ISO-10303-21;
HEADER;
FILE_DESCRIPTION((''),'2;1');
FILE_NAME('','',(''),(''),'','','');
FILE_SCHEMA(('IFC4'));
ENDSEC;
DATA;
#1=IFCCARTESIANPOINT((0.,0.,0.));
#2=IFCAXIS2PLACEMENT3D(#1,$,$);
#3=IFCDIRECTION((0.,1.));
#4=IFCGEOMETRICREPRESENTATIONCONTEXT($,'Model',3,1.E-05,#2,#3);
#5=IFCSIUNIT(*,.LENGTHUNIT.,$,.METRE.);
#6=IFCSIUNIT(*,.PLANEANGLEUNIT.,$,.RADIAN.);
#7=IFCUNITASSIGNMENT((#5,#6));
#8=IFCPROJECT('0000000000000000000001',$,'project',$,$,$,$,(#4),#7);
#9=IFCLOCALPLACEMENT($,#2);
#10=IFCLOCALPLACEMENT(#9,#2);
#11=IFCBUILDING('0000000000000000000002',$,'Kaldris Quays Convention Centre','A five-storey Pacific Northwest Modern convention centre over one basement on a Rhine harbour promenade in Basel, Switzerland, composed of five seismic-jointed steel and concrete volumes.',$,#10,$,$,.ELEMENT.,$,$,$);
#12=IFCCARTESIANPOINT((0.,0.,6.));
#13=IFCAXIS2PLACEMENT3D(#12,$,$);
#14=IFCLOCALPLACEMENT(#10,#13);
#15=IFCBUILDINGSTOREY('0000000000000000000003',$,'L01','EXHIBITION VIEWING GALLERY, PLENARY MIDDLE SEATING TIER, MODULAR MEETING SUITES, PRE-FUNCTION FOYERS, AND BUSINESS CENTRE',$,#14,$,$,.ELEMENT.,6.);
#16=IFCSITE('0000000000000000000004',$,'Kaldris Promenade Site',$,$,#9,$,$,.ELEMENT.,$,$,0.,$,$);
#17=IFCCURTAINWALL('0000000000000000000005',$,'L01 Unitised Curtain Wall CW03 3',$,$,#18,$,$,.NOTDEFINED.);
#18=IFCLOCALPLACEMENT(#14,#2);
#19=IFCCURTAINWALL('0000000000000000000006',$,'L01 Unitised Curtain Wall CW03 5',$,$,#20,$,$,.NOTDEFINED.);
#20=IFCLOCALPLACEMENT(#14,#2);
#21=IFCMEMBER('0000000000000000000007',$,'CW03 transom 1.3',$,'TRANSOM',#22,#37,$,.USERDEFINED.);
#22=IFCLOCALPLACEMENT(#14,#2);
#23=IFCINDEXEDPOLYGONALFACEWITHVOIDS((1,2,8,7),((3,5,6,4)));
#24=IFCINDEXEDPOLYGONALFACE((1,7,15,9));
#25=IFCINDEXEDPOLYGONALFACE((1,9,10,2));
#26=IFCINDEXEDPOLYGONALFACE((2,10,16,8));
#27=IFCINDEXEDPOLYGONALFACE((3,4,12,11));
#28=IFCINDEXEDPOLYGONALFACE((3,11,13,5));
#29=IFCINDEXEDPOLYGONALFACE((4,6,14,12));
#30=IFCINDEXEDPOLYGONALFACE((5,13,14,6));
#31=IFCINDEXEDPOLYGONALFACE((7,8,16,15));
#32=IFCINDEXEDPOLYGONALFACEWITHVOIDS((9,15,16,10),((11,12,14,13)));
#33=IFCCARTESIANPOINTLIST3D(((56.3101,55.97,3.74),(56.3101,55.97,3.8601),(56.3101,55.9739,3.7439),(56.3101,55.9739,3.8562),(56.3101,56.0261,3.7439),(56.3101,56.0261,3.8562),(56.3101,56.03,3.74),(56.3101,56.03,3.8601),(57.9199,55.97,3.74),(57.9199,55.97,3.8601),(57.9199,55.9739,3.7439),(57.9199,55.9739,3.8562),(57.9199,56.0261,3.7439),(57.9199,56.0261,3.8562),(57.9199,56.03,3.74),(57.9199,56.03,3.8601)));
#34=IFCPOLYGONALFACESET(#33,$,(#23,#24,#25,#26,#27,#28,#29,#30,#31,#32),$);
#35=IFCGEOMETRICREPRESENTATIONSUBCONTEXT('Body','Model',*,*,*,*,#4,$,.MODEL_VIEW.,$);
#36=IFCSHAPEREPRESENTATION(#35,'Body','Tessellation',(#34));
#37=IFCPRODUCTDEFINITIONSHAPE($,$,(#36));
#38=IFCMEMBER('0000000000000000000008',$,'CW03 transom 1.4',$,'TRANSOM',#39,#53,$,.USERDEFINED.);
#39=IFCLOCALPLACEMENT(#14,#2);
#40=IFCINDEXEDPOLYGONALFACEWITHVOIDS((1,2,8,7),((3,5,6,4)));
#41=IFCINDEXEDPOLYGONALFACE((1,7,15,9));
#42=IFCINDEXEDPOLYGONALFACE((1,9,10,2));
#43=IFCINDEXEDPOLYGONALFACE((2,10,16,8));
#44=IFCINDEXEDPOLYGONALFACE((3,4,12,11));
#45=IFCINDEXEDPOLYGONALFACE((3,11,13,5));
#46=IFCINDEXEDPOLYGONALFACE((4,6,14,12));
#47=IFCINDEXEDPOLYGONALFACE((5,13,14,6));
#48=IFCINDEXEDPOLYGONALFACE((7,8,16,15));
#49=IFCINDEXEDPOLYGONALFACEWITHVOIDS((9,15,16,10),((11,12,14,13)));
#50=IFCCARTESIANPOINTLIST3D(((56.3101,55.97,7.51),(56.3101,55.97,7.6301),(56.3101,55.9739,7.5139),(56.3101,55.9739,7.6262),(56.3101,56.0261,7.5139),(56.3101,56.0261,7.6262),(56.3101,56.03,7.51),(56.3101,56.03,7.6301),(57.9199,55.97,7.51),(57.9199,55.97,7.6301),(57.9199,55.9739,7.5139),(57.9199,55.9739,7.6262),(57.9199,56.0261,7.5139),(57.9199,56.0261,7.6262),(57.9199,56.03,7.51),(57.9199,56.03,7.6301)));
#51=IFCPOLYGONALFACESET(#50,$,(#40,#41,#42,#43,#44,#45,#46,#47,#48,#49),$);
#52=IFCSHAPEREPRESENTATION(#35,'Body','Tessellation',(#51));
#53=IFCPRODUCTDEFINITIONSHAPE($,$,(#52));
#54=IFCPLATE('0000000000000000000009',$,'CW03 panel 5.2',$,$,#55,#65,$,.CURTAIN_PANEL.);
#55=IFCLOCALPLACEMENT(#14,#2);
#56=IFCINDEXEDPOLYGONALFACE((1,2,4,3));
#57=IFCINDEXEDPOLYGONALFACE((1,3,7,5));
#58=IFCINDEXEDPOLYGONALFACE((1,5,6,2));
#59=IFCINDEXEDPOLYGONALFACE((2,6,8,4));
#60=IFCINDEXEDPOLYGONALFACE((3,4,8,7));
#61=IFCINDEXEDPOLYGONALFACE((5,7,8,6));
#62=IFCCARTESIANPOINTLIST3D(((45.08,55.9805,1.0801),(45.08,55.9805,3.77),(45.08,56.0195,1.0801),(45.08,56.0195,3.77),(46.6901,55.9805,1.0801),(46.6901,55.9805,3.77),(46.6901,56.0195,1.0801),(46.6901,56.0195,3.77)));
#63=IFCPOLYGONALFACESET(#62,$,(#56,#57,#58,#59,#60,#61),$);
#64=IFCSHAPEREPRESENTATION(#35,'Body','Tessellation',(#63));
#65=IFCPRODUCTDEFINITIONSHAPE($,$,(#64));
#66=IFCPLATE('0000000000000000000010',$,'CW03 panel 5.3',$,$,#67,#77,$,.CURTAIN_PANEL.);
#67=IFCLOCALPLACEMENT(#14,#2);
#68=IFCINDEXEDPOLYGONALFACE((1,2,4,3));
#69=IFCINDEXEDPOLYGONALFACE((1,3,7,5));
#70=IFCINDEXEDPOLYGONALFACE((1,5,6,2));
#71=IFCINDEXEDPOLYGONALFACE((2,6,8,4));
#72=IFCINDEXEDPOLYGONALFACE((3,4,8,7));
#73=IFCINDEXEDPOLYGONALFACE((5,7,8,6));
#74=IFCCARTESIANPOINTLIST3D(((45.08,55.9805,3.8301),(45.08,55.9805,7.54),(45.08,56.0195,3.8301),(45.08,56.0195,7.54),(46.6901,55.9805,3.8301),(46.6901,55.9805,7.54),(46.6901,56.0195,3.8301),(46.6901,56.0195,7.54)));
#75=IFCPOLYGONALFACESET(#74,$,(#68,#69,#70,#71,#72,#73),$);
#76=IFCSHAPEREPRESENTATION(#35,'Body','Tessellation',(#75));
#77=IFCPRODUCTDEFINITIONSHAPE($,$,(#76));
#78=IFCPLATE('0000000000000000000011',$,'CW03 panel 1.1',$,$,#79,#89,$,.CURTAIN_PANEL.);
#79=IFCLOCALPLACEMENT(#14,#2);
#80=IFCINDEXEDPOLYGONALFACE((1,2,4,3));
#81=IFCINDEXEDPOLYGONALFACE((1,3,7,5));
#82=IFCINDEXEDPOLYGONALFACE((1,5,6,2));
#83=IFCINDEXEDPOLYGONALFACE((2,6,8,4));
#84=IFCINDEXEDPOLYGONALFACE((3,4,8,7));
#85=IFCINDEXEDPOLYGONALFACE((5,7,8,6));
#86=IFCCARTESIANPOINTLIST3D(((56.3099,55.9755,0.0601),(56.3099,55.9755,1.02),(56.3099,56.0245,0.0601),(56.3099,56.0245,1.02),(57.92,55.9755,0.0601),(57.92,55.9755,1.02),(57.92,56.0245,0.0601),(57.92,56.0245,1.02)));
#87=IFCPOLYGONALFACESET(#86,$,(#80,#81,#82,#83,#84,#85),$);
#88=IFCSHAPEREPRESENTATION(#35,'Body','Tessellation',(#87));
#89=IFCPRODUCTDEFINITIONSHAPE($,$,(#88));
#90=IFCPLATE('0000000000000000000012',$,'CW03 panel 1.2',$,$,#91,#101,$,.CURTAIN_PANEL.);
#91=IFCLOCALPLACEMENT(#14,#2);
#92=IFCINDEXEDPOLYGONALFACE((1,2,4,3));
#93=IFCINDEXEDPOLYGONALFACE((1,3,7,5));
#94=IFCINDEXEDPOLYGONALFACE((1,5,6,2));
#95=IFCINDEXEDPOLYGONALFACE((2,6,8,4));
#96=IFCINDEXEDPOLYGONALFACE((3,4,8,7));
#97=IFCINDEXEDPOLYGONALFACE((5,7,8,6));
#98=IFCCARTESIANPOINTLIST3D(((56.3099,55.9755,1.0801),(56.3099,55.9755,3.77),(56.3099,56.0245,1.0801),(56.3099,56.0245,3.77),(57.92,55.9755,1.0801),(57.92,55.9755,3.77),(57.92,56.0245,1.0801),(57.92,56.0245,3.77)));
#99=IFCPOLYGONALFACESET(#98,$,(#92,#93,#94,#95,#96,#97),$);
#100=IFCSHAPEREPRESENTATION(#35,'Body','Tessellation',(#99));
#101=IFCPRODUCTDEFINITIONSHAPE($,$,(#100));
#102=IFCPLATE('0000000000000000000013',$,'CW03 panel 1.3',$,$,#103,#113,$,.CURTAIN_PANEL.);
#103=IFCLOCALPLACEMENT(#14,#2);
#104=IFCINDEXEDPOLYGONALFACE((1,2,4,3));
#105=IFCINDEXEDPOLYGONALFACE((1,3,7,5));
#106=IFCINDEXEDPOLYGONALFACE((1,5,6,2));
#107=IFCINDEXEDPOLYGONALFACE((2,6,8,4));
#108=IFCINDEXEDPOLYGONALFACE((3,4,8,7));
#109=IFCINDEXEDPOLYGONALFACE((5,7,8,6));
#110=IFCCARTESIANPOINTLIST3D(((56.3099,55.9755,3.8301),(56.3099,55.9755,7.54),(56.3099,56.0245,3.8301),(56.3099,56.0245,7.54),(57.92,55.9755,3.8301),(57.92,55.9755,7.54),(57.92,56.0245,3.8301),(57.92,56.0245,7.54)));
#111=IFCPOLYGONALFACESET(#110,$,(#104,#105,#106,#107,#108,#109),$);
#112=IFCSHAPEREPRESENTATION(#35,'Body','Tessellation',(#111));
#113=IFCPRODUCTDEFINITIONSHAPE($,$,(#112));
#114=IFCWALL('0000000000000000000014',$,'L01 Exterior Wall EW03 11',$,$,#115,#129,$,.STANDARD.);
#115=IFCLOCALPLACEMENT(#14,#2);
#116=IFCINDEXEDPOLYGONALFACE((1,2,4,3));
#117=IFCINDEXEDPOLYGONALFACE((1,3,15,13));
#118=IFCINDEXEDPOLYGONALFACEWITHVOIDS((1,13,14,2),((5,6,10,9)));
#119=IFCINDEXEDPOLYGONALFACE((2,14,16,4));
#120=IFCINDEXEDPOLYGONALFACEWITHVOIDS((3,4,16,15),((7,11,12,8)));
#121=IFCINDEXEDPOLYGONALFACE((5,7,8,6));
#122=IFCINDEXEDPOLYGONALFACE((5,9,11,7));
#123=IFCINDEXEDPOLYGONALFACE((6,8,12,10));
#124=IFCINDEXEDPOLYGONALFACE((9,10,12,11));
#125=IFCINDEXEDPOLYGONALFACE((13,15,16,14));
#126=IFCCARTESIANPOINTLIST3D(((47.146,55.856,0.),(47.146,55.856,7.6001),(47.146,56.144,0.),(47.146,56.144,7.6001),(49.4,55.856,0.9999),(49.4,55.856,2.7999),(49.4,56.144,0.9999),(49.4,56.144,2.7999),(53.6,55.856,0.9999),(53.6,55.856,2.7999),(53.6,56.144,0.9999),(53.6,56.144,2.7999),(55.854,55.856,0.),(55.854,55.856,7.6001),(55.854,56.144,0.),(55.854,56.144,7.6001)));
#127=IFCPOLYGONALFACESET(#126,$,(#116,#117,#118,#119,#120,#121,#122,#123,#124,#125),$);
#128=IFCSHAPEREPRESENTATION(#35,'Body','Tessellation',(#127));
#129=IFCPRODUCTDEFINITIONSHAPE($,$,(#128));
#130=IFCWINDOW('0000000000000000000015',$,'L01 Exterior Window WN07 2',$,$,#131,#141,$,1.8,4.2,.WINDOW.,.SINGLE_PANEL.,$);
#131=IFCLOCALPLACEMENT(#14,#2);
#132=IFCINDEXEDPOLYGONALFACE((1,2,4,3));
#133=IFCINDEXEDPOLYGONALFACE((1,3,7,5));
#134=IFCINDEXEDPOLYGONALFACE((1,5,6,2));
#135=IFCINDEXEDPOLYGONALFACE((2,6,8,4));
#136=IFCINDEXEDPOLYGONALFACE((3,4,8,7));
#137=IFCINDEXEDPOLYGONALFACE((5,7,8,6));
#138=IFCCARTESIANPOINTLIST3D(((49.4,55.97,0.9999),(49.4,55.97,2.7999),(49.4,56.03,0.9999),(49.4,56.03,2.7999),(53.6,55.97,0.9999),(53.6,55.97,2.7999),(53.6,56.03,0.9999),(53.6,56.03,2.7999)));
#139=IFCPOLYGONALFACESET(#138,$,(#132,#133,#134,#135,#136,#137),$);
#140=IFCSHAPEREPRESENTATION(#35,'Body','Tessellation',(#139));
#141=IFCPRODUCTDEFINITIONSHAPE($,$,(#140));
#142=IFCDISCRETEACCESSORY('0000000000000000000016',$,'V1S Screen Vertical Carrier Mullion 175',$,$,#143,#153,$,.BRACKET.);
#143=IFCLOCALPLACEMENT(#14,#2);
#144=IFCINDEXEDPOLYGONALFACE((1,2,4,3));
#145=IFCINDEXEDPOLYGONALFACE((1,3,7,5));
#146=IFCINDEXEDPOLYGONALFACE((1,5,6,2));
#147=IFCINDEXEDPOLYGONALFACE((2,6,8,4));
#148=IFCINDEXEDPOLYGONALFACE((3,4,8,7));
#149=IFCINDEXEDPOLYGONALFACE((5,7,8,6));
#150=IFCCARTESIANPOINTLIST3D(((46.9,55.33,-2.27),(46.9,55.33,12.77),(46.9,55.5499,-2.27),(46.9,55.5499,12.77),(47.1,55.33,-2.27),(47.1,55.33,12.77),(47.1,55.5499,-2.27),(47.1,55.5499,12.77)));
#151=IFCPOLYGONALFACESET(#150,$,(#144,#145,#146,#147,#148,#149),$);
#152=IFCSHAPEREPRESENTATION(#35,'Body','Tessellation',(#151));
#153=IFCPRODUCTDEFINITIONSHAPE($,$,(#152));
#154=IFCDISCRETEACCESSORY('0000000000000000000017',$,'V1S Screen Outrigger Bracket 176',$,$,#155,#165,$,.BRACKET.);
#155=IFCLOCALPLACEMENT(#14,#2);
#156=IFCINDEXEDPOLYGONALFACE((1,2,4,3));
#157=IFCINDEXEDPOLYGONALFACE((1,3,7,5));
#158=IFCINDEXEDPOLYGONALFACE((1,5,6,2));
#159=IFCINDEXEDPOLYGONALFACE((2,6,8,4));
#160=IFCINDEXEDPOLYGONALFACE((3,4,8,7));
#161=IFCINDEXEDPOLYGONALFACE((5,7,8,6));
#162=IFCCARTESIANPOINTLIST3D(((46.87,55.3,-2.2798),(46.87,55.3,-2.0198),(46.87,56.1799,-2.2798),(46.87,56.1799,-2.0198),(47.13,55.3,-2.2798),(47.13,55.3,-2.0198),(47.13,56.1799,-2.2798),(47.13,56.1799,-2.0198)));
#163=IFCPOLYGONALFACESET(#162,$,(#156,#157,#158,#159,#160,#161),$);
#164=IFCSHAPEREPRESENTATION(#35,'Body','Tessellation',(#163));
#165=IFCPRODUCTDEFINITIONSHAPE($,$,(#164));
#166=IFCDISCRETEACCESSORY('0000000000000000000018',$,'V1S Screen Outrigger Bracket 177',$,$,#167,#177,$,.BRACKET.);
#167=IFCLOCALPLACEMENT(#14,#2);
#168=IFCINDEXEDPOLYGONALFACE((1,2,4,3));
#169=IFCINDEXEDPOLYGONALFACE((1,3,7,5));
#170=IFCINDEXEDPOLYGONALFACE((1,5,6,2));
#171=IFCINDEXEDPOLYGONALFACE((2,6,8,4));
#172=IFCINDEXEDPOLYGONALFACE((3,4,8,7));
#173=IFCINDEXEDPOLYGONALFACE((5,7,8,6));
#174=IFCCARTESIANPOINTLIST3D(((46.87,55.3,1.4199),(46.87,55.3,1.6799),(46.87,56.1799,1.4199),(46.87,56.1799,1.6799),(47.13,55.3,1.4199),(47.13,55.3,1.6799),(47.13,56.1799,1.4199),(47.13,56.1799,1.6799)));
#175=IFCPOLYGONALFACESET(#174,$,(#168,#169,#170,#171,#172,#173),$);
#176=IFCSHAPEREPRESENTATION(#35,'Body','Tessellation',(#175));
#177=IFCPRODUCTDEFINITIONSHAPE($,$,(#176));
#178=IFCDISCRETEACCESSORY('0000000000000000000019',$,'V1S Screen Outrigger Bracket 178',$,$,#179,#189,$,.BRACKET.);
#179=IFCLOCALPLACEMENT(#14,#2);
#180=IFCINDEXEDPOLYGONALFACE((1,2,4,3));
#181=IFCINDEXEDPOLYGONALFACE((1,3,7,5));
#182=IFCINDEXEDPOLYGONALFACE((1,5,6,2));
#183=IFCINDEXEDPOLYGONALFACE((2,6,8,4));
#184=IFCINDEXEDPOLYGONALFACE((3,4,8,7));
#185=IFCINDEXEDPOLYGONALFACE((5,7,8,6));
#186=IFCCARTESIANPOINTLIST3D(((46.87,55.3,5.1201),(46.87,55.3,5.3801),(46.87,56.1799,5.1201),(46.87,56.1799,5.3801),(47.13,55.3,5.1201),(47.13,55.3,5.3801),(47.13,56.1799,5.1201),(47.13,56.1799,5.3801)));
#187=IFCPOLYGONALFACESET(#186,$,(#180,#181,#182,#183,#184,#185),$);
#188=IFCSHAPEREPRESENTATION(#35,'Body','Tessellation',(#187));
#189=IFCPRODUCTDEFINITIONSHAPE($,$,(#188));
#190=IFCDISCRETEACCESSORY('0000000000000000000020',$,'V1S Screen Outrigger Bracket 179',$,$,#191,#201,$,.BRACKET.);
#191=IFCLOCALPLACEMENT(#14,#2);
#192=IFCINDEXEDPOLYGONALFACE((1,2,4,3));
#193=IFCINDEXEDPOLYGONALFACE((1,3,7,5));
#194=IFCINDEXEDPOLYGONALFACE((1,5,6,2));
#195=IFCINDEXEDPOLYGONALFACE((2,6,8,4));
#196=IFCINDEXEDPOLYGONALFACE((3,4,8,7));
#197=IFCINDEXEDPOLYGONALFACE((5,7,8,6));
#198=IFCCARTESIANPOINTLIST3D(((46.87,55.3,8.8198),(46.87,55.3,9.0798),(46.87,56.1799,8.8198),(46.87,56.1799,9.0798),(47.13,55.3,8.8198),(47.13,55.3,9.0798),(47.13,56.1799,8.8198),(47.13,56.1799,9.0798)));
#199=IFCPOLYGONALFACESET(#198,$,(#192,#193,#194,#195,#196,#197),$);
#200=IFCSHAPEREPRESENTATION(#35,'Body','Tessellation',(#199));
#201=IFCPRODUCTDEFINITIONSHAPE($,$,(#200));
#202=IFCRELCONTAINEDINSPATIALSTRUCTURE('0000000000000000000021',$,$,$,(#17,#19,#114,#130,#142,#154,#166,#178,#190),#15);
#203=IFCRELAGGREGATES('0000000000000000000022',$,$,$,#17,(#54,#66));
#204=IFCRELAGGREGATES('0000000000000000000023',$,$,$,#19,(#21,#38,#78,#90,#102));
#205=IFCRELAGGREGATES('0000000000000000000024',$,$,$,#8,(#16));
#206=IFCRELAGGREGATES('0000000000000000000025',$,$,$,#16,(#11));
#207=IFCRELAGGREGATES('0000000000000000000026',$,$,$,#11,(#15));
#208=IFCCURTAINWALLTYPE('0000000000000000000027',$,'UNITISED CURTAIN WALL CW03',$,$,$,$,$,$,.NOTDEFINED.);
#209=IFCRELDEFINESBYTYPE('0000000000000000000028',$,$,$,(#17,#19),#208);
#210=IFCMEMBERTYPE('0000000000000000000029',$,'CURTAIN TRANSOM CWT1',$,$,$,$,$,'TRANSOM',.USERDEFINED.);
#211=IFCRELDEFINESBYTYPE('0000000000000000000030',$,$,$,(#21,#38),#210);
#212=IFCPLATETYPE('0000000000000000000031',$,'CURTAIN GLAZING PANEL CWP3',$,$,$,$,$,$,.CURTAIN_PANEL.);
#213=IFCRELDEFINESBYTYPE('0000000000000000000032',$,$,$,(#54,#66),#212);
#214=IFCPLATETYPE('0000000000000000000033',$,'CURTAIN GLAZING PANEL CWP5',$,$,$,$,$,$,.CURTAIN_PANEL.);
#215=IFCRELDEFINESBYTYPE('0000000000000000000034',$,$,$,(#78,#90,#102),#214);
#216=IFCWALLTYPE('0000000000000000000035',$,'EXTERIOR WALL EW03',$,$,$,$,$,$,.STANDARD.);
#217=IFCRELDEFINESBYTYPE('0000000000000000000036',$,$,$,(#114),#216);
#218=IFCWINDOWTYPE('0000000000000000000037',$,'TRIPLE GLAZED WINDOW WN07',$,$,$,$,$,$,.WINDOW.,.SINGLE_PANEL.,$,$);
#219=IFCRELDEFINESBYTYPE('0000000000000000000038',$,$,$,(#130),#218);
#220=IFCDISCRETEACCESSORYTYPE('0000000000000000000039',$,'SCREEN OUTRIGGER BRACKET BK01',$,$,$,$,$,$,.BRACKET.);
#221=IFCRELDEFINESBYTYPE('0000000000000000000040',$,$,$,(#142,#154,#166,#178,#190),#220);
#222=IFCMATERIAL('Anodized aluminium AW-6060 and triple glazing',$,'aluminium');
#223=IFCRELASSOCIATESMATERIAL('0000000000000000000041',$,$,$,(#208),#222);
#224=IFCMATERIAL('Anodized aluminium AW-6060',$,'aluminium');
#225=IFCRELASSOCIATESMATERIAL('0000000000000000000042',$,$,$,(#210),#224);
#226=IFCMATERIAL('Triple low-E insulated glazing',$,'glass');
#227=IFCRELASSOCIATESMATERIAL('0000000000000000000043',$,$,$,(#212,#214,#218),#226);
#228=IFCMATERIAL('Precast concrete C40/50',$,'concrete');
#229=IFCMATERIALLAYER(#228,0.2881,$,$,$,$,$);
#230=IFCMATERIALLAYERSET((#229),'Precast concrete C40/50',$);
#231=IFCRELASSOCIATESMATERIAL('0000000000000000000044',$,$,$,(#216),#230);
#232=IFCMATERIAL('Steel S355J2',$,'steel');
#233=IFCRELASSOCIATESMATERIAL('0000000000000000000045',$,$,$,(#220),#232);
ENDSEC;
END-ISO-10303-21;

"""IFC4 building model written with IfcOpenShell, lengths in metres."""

from ifc_helpers import new_model, si_unit, direction, frame, frame_2d, origin, origin_2d, place, context, subcontext, project, spatial, rectangle, hollow_rectangle, extrude, material, layer, layer_set, material_profile, profile_set, type_object, element, fill, aggregate, save


model = new_model("IFC4")

# Units and contexts
model_context = context("Model", 3, precision=1e-05, world=origin(), true_north=direction((0.0, 1.0)))
body_context = subcontext(model_context, "Body", "Model", "MODEL_VIEW")
ifc_project = project(units=[si_unit("LENGTHUNIT", "METRE"), si_unit("PLANEANGLEUNIT", "RADIAN")], contexts=[model_context])

# Site, building, storey
site_placement = place(None, origin())
site = spatial("IfcSite", under=ifc_project, at=site_placement, Name="Kaldris Promenade Site", CompositionType="ELEMENT", RefElevation=0.0)
building_placement = place(site_placement, origin())
building = spatial("IfcBuilding", under=site, at=building_placement, Name="Kaldris Quays Convention Centre", Description="A five-storey Pacific Northwest Modern convention centre over one basement on a Rhine harbour promenade in Basel, Switzerland, composed of five seismic-jointed steel and concrete volumes.", CompositionType="ELEMENT")
storey_placement = place(building_placement, frame((0.0, 0.0, 6.0)))
storey = spatial("IfcBuildingStorey", under=building, at=storey_placement, Name="L01", Description="EXHIBITION VIEWING GALLERY, PLENARY MIDDLE SEATING TIER, MODULAR MEETING SUITES, PRE-FUNCTION FOYERS, AND BUSINESS CENTRE", CompositionType="ELEMENT", Elevation=6.0)

# Shared definitions
ifc_material_1 = material(Name="Steel S355J2", Category="steel")

# Curtain wall
ifc_material_2 = material(Name="Anodized aluminium AW-6060 and triple glazing", Category="aluminium")
curtain_wall_type = type_object("IfcCurtainWallType", Name="UNITISED CURTAIN WALL CW03", PredefinedType="NOTDEFINED", material=ifc_material_2)
curtain_wall_1_placement = place(storey_placement, origin())
curtain_wall_1 = element("IfcCurtainWall", 1, at=curtain_wall_1_placement, inside=storey, type_object=curtain_wall_type, Name="L01 Unitised Curtain Wall CW03 3", PredefinedType="NOTDEFINED")
ifc_material_3 = material(Name="Anodized aluminium AW-6060", Category="aluminium")

# Curtain wall, members
curtain_wall_2_placement = place(storey_placement, origin())
curtain_wall_2 = element("IfcCurtainWall", 2, at=curtain_wall_2_placement, inside=storey, type_object=curtain_wall_type, Name="L01 Unitised Curtain Wall CW03 5", PredefinedType="NOTDEFINED")
ifc_material_profile_1 = material_profile(ifc_material_3, hollow_rectangle(XDim=0.0601, YDim=0.1201, WallThickness=0.0039, at=origin_2d()), Name="RHS 120x60x4")
ifc_profile_set_1 = profile_set([ifc_material_profile_1], Name="Anodized aluminium AW-6060")
member_type_1 = type_object("IfcMemberType", Name="CURTAIN TRANSOM CWT1", ElementType="TRANSOM", PredefinedType="USERDEFINED", material=ifc_profile_set_1)
member_1_placement = place(storey_placement, frame((56.3101, 56.0, 3.8), z_axis=(1.0, 0.0, 0.0), x_axis=(0.0, 1.0, 0.0)))
member_1 = element("IfcMember", 3, at=member_1_placement, type_object=member_type_1, Name="CW03 transom 1.3", ObjectType="TRANSOM", PredefinedType="USERDEFINED", context=body_context, shape_type="SweptSolid", body=[
    extrude(hollow_rectangle(XDim=0.0601, YDim=0.1201, WallThickness=0.0039, at=origin_2d()), origin(), (0.0, 0.0, 1.0), 1.6099),
])
member_2_placement = place(storey_placement, frame((56.3101, 56.0, 7.5701), z_axis=(1.0, 0.0, 0.0), x_axis=(0.0, 1.0, 0.0)))
member_2 = element("IfcMember", 4, at=member_2_placement, type_object=member_type_1, Name="CW03 transom 1.4", ObjectType="TRANSOM", PredefinedType="USERDEFINED", context=body_context, shape_type="SweptSolid", body=[
    extrude(hollow_rectangle(XDim=0.0601, YDim=0.1201, WallThickness=0.0039, at=origin_2d()), origin(), (0.0, 0.0, 1.0), 1.6099),
])

# Plates
ifc_material_4 = material(Name="Triple low-E insulated glazing", Category="glass")
plate_type_1 = type_object("IfcPlateType", Name="CURTAIN GLAZING PANEL CWP3", PredefinedType="CURTAIN_PANEL", material=ifc_material_4)
plate_1_placement = place(storey_placement, frame((45.885, 56.0, 1.0801), z_axis=(0.0, 0.0, 1.0), x_axis=(1.0, 0.0, 0.0)))
plate_1 = element("IfcPlate", 5, at=plate_1_placement, type_object=plate_type_1, Name="CW03 panel 5.2", PredefinedType="CURTAIN_PANEL", context=body_context, shape_type="SweptSolid", body=[
    extrude(rectangle(XDim=1.6101, YDim=0.0391, at=origin_2d()), origin(), (0.0, 0.0, 1.0), 2.6899),
])
plate_2_placement = place(storey_placement, frame((45.885, 56.0, 3.8301), z_axis=(0.0, 0.0, 1.0), x_axis=(1.0, 0.0, 0.0)))
plate_2 = element("IfcPlate", 6, at=plate_2_placement, type_object=plate_type_1, Name="CW03 panel 5.3", PredefinedType="CURTAIN_PANEL", context=body_context, shape_type="SweptSolid", body=[
    extrude(rectangle(XDim=1.6101, YDim=0.0391, at=origin_2d()), origin(), (0.0, 0.0, 1.0), 3.71),
])
aggregate(curtain_wall_1, [plate_1, plate_2])
plate_type_2 = type_object("IfcPlateType", Name="CURTAIN GLAZING PANEL CWP5", PredefinedType="CURTAIN_PANEL", material=ifc_material_4)
plate_3_placement = place(storey_placement, frame((57.115, 56.0, 0.0601), z_axis=(0.0, 0.0, 1.0), x_axis=(1.0, 0.0, 0.0)))
plate_3 = element("IfcPlate", 7, at=plate_3_placement, type_object=plate_type_2, Name="CW03 panel 1.1", PredefinedType="CURTAIN_PANEL", context=body_context, shape_type="SweptSolid", body=[
    extrude(rectangle(XDim=1.6101, YDim=0.0491, at=origin_2d()), origin(), (0.0, 0.0, 1.0), 0.96),
])
plate_4_placement = place(storey_placement, frame((57.115, 56.0, 1.0801), z_axis=(0.0, 0.0, 1.0), x_axis=(1.0, 0.0, 0.0)))
plate_4 = element("IfcPlate", 8, at=plate_4_placement, type_object=plate_type_2, Name="CW03 panel 1.2", PredefinedType="CURTAIN_PANEL", context=body_context, shape_type="SweptSolid", body=[
    extrude(rectangle(XDim=1.6101, YDim=0.0491, at=origin_2d()), origin(), (0.0, 0.0, 1.0), 2.6899),
])
plate_5_placement = place(storey_placement, frame((57.115, 56.0, 3.8301), z_axis=(0.0, 0.0, 1.0), x_axis=(1.0, 0.0, 0.0)))
plate_5 = element("IfcPlate", 9, at=plate_5_placement, type_object=plate_type_2, Name="CW03 panel 1.3", PredefinedType="CURTAIN_PANEL", context=body_context, shape_type="SweptSolid", body=[
    extrude(rectangle(XDim=1.6101, YDim=0.0491, at=origin_2d()), origin(), (0.0, 0.0, 1.0), 3.71),
])
aggregate(curtain_wall_2, [member_1, member_2, plate_3, plate_4, plate_5])

# Wall, opening, window
ifc_material_5 = material(Name="Precast concrete C40/50", Category="concrete")
ifc_layer = layer(ifc_material_5, 0.2881)
ifc_layer_set = layer_set([ifc_layer], Name="Precast concrete C40/50")
wall_type = type_object("IfcWallType", Name="EXTERIOR WALL EW03", PredefinedType="STANDARD", material=ifc_layer_set)
wall_placement = place(storey_placement, frame((47.146, 56.0, 0.0), z_axis=(0.0, 0.0, 1.0), x_axis=(1.0, 0.0, 0.0)))
wall = element("IfcWall", 10, at=wall_placement, inside=storey, type_object=wall_type, Name="L01 Exterior Wall EW03 11", PredefinedType="STANDARD", context=body_context, shape_type="SweptSolid", body=[
    extrude(rectangle(XDim=8.708, YDim=0.2881, at=frame_2d((4.354, 0.0))), origin(), (0.0, 0.0, 1.0), 7.6001),
])
opening_placement = place(wall_placement, frame((2.2539, 0.0, 1.0)))
opening = element("IfcOpeningElement", 11, at=opening_placement, cuts=wall, PredefinedType="OPENING", context=body_context, shape_type="SweptSolid", body=[
    extrude(rectangle(XDim=4.2, YDim=1.8, at=frame_2d((2.1001, 0.8999))), frame((0.0, 0.1541, 0.0), z_axis=(0.0, -1.0, 0.0), x_axis=(1.0, 0.0, 0.0)), (0.0, 0.0, 1.0), 0.3081),
])
window_type = type_object("IfcWindowType", Name="TRIPLE GLAZED WINDOW WN07", PartitioningType="SINGLE_PANEL", PredefinedType="WINDOW", material=ifc_material_4)
window_placement = place(opening_placement, origin())
window = element("IfcWindow", 12, at=window_placement, inside=storey, type_object=window_type, Name="L01 Exterior Window WN07 2", OverallHeight=1.8, OverallWidth=4.2, PartitioningType="SINGLE_PANEL", PredefinedType="WINDOW", context=body_context, shape_type="SweptSolid", body=[
    extrude(rectangle(XDim=4.2, YDim=1.8, at=frame_2d((2.1001, 0.8999))), frame((0.0, 0.03, 0.0), z_axis=(0.0, -1.0, 0.0), x_axis=(1.0, 0.0, 0.0)), (0.0, 0.0, 1.0), 0.0601),
])
fill(opening, window)

# Discrete accessories
discrete_accessory_type = type_object("IfcDiscreteAccessoryType", Name="SCREEN OUTRIGGER BRACKET BK01", PredefinedType="BRACKET", material=ifc_material_1)
discrete_accessory_1_placement = place(storey_placement, frame((47.0, 55.4399, -2.27), z_axis=(0.0, 0.0, 1.0), x_axis=(1.0, 0.0, 0.0)))
element("IfcDiscreteAccessory", 13, at=discrete_accessory_1_placement, inside=storey, type_object=discrete_accessory_type, Name="V1S Screen Vertical Carrier Mullion 175", PredefinedType="BRACKET", context=body_context, shape_type="SweptSolid", body=[
    extrude(rectangle(XDim=0.2, YDim=0.22, at=origin_2d()), origin(), (0.0, 0.0, 1.0), 15.04),
])
for number, where, z_axis, x_axis, name in (
    (14, (47.0, 55.74, -2.2798), (0.0, 0.0, 1.0), (1.0, 0.0, 0.0), "V1S Screen Outrigger Bracket 176"),
    (15, (47.0, 55.74, 1.4199), (0.0, 0.0, 1.0), (1.0, 0.0, 0.0), "V1S Screen Outrigger Bracket 177"),
    (16, (47.0, 55.74, 5.1201), (0.0, 0.0, 1.0), (1.0, 0.0, 0.0), "V1S Screen Outrigger Bracket 178"),
    (17, (47.0, 55.74, 8.8198), (0.0, 0.0, 1.0), (1.0, 0.0, 0.0), "V1S Screen Outrigger Bracket 179"),
):
    element("IfcDiscreteAccessory", number, at=place(storey_placement, frame(where, z_axis=z_axis, x_axis=x_axis)), inside=storey, type_object=discrete_accessory_type, Name=name, PredefinedType="BRACKET", context=body_context, shape_type="SweptSolid", body=[
        extrude(rectangle(XDim=0.26, YDim=0.8799, at=origin_2d()), origin(), (0.0, 0.0, 1.0), 0.26),
    ])

save(model, "model.ifc")
